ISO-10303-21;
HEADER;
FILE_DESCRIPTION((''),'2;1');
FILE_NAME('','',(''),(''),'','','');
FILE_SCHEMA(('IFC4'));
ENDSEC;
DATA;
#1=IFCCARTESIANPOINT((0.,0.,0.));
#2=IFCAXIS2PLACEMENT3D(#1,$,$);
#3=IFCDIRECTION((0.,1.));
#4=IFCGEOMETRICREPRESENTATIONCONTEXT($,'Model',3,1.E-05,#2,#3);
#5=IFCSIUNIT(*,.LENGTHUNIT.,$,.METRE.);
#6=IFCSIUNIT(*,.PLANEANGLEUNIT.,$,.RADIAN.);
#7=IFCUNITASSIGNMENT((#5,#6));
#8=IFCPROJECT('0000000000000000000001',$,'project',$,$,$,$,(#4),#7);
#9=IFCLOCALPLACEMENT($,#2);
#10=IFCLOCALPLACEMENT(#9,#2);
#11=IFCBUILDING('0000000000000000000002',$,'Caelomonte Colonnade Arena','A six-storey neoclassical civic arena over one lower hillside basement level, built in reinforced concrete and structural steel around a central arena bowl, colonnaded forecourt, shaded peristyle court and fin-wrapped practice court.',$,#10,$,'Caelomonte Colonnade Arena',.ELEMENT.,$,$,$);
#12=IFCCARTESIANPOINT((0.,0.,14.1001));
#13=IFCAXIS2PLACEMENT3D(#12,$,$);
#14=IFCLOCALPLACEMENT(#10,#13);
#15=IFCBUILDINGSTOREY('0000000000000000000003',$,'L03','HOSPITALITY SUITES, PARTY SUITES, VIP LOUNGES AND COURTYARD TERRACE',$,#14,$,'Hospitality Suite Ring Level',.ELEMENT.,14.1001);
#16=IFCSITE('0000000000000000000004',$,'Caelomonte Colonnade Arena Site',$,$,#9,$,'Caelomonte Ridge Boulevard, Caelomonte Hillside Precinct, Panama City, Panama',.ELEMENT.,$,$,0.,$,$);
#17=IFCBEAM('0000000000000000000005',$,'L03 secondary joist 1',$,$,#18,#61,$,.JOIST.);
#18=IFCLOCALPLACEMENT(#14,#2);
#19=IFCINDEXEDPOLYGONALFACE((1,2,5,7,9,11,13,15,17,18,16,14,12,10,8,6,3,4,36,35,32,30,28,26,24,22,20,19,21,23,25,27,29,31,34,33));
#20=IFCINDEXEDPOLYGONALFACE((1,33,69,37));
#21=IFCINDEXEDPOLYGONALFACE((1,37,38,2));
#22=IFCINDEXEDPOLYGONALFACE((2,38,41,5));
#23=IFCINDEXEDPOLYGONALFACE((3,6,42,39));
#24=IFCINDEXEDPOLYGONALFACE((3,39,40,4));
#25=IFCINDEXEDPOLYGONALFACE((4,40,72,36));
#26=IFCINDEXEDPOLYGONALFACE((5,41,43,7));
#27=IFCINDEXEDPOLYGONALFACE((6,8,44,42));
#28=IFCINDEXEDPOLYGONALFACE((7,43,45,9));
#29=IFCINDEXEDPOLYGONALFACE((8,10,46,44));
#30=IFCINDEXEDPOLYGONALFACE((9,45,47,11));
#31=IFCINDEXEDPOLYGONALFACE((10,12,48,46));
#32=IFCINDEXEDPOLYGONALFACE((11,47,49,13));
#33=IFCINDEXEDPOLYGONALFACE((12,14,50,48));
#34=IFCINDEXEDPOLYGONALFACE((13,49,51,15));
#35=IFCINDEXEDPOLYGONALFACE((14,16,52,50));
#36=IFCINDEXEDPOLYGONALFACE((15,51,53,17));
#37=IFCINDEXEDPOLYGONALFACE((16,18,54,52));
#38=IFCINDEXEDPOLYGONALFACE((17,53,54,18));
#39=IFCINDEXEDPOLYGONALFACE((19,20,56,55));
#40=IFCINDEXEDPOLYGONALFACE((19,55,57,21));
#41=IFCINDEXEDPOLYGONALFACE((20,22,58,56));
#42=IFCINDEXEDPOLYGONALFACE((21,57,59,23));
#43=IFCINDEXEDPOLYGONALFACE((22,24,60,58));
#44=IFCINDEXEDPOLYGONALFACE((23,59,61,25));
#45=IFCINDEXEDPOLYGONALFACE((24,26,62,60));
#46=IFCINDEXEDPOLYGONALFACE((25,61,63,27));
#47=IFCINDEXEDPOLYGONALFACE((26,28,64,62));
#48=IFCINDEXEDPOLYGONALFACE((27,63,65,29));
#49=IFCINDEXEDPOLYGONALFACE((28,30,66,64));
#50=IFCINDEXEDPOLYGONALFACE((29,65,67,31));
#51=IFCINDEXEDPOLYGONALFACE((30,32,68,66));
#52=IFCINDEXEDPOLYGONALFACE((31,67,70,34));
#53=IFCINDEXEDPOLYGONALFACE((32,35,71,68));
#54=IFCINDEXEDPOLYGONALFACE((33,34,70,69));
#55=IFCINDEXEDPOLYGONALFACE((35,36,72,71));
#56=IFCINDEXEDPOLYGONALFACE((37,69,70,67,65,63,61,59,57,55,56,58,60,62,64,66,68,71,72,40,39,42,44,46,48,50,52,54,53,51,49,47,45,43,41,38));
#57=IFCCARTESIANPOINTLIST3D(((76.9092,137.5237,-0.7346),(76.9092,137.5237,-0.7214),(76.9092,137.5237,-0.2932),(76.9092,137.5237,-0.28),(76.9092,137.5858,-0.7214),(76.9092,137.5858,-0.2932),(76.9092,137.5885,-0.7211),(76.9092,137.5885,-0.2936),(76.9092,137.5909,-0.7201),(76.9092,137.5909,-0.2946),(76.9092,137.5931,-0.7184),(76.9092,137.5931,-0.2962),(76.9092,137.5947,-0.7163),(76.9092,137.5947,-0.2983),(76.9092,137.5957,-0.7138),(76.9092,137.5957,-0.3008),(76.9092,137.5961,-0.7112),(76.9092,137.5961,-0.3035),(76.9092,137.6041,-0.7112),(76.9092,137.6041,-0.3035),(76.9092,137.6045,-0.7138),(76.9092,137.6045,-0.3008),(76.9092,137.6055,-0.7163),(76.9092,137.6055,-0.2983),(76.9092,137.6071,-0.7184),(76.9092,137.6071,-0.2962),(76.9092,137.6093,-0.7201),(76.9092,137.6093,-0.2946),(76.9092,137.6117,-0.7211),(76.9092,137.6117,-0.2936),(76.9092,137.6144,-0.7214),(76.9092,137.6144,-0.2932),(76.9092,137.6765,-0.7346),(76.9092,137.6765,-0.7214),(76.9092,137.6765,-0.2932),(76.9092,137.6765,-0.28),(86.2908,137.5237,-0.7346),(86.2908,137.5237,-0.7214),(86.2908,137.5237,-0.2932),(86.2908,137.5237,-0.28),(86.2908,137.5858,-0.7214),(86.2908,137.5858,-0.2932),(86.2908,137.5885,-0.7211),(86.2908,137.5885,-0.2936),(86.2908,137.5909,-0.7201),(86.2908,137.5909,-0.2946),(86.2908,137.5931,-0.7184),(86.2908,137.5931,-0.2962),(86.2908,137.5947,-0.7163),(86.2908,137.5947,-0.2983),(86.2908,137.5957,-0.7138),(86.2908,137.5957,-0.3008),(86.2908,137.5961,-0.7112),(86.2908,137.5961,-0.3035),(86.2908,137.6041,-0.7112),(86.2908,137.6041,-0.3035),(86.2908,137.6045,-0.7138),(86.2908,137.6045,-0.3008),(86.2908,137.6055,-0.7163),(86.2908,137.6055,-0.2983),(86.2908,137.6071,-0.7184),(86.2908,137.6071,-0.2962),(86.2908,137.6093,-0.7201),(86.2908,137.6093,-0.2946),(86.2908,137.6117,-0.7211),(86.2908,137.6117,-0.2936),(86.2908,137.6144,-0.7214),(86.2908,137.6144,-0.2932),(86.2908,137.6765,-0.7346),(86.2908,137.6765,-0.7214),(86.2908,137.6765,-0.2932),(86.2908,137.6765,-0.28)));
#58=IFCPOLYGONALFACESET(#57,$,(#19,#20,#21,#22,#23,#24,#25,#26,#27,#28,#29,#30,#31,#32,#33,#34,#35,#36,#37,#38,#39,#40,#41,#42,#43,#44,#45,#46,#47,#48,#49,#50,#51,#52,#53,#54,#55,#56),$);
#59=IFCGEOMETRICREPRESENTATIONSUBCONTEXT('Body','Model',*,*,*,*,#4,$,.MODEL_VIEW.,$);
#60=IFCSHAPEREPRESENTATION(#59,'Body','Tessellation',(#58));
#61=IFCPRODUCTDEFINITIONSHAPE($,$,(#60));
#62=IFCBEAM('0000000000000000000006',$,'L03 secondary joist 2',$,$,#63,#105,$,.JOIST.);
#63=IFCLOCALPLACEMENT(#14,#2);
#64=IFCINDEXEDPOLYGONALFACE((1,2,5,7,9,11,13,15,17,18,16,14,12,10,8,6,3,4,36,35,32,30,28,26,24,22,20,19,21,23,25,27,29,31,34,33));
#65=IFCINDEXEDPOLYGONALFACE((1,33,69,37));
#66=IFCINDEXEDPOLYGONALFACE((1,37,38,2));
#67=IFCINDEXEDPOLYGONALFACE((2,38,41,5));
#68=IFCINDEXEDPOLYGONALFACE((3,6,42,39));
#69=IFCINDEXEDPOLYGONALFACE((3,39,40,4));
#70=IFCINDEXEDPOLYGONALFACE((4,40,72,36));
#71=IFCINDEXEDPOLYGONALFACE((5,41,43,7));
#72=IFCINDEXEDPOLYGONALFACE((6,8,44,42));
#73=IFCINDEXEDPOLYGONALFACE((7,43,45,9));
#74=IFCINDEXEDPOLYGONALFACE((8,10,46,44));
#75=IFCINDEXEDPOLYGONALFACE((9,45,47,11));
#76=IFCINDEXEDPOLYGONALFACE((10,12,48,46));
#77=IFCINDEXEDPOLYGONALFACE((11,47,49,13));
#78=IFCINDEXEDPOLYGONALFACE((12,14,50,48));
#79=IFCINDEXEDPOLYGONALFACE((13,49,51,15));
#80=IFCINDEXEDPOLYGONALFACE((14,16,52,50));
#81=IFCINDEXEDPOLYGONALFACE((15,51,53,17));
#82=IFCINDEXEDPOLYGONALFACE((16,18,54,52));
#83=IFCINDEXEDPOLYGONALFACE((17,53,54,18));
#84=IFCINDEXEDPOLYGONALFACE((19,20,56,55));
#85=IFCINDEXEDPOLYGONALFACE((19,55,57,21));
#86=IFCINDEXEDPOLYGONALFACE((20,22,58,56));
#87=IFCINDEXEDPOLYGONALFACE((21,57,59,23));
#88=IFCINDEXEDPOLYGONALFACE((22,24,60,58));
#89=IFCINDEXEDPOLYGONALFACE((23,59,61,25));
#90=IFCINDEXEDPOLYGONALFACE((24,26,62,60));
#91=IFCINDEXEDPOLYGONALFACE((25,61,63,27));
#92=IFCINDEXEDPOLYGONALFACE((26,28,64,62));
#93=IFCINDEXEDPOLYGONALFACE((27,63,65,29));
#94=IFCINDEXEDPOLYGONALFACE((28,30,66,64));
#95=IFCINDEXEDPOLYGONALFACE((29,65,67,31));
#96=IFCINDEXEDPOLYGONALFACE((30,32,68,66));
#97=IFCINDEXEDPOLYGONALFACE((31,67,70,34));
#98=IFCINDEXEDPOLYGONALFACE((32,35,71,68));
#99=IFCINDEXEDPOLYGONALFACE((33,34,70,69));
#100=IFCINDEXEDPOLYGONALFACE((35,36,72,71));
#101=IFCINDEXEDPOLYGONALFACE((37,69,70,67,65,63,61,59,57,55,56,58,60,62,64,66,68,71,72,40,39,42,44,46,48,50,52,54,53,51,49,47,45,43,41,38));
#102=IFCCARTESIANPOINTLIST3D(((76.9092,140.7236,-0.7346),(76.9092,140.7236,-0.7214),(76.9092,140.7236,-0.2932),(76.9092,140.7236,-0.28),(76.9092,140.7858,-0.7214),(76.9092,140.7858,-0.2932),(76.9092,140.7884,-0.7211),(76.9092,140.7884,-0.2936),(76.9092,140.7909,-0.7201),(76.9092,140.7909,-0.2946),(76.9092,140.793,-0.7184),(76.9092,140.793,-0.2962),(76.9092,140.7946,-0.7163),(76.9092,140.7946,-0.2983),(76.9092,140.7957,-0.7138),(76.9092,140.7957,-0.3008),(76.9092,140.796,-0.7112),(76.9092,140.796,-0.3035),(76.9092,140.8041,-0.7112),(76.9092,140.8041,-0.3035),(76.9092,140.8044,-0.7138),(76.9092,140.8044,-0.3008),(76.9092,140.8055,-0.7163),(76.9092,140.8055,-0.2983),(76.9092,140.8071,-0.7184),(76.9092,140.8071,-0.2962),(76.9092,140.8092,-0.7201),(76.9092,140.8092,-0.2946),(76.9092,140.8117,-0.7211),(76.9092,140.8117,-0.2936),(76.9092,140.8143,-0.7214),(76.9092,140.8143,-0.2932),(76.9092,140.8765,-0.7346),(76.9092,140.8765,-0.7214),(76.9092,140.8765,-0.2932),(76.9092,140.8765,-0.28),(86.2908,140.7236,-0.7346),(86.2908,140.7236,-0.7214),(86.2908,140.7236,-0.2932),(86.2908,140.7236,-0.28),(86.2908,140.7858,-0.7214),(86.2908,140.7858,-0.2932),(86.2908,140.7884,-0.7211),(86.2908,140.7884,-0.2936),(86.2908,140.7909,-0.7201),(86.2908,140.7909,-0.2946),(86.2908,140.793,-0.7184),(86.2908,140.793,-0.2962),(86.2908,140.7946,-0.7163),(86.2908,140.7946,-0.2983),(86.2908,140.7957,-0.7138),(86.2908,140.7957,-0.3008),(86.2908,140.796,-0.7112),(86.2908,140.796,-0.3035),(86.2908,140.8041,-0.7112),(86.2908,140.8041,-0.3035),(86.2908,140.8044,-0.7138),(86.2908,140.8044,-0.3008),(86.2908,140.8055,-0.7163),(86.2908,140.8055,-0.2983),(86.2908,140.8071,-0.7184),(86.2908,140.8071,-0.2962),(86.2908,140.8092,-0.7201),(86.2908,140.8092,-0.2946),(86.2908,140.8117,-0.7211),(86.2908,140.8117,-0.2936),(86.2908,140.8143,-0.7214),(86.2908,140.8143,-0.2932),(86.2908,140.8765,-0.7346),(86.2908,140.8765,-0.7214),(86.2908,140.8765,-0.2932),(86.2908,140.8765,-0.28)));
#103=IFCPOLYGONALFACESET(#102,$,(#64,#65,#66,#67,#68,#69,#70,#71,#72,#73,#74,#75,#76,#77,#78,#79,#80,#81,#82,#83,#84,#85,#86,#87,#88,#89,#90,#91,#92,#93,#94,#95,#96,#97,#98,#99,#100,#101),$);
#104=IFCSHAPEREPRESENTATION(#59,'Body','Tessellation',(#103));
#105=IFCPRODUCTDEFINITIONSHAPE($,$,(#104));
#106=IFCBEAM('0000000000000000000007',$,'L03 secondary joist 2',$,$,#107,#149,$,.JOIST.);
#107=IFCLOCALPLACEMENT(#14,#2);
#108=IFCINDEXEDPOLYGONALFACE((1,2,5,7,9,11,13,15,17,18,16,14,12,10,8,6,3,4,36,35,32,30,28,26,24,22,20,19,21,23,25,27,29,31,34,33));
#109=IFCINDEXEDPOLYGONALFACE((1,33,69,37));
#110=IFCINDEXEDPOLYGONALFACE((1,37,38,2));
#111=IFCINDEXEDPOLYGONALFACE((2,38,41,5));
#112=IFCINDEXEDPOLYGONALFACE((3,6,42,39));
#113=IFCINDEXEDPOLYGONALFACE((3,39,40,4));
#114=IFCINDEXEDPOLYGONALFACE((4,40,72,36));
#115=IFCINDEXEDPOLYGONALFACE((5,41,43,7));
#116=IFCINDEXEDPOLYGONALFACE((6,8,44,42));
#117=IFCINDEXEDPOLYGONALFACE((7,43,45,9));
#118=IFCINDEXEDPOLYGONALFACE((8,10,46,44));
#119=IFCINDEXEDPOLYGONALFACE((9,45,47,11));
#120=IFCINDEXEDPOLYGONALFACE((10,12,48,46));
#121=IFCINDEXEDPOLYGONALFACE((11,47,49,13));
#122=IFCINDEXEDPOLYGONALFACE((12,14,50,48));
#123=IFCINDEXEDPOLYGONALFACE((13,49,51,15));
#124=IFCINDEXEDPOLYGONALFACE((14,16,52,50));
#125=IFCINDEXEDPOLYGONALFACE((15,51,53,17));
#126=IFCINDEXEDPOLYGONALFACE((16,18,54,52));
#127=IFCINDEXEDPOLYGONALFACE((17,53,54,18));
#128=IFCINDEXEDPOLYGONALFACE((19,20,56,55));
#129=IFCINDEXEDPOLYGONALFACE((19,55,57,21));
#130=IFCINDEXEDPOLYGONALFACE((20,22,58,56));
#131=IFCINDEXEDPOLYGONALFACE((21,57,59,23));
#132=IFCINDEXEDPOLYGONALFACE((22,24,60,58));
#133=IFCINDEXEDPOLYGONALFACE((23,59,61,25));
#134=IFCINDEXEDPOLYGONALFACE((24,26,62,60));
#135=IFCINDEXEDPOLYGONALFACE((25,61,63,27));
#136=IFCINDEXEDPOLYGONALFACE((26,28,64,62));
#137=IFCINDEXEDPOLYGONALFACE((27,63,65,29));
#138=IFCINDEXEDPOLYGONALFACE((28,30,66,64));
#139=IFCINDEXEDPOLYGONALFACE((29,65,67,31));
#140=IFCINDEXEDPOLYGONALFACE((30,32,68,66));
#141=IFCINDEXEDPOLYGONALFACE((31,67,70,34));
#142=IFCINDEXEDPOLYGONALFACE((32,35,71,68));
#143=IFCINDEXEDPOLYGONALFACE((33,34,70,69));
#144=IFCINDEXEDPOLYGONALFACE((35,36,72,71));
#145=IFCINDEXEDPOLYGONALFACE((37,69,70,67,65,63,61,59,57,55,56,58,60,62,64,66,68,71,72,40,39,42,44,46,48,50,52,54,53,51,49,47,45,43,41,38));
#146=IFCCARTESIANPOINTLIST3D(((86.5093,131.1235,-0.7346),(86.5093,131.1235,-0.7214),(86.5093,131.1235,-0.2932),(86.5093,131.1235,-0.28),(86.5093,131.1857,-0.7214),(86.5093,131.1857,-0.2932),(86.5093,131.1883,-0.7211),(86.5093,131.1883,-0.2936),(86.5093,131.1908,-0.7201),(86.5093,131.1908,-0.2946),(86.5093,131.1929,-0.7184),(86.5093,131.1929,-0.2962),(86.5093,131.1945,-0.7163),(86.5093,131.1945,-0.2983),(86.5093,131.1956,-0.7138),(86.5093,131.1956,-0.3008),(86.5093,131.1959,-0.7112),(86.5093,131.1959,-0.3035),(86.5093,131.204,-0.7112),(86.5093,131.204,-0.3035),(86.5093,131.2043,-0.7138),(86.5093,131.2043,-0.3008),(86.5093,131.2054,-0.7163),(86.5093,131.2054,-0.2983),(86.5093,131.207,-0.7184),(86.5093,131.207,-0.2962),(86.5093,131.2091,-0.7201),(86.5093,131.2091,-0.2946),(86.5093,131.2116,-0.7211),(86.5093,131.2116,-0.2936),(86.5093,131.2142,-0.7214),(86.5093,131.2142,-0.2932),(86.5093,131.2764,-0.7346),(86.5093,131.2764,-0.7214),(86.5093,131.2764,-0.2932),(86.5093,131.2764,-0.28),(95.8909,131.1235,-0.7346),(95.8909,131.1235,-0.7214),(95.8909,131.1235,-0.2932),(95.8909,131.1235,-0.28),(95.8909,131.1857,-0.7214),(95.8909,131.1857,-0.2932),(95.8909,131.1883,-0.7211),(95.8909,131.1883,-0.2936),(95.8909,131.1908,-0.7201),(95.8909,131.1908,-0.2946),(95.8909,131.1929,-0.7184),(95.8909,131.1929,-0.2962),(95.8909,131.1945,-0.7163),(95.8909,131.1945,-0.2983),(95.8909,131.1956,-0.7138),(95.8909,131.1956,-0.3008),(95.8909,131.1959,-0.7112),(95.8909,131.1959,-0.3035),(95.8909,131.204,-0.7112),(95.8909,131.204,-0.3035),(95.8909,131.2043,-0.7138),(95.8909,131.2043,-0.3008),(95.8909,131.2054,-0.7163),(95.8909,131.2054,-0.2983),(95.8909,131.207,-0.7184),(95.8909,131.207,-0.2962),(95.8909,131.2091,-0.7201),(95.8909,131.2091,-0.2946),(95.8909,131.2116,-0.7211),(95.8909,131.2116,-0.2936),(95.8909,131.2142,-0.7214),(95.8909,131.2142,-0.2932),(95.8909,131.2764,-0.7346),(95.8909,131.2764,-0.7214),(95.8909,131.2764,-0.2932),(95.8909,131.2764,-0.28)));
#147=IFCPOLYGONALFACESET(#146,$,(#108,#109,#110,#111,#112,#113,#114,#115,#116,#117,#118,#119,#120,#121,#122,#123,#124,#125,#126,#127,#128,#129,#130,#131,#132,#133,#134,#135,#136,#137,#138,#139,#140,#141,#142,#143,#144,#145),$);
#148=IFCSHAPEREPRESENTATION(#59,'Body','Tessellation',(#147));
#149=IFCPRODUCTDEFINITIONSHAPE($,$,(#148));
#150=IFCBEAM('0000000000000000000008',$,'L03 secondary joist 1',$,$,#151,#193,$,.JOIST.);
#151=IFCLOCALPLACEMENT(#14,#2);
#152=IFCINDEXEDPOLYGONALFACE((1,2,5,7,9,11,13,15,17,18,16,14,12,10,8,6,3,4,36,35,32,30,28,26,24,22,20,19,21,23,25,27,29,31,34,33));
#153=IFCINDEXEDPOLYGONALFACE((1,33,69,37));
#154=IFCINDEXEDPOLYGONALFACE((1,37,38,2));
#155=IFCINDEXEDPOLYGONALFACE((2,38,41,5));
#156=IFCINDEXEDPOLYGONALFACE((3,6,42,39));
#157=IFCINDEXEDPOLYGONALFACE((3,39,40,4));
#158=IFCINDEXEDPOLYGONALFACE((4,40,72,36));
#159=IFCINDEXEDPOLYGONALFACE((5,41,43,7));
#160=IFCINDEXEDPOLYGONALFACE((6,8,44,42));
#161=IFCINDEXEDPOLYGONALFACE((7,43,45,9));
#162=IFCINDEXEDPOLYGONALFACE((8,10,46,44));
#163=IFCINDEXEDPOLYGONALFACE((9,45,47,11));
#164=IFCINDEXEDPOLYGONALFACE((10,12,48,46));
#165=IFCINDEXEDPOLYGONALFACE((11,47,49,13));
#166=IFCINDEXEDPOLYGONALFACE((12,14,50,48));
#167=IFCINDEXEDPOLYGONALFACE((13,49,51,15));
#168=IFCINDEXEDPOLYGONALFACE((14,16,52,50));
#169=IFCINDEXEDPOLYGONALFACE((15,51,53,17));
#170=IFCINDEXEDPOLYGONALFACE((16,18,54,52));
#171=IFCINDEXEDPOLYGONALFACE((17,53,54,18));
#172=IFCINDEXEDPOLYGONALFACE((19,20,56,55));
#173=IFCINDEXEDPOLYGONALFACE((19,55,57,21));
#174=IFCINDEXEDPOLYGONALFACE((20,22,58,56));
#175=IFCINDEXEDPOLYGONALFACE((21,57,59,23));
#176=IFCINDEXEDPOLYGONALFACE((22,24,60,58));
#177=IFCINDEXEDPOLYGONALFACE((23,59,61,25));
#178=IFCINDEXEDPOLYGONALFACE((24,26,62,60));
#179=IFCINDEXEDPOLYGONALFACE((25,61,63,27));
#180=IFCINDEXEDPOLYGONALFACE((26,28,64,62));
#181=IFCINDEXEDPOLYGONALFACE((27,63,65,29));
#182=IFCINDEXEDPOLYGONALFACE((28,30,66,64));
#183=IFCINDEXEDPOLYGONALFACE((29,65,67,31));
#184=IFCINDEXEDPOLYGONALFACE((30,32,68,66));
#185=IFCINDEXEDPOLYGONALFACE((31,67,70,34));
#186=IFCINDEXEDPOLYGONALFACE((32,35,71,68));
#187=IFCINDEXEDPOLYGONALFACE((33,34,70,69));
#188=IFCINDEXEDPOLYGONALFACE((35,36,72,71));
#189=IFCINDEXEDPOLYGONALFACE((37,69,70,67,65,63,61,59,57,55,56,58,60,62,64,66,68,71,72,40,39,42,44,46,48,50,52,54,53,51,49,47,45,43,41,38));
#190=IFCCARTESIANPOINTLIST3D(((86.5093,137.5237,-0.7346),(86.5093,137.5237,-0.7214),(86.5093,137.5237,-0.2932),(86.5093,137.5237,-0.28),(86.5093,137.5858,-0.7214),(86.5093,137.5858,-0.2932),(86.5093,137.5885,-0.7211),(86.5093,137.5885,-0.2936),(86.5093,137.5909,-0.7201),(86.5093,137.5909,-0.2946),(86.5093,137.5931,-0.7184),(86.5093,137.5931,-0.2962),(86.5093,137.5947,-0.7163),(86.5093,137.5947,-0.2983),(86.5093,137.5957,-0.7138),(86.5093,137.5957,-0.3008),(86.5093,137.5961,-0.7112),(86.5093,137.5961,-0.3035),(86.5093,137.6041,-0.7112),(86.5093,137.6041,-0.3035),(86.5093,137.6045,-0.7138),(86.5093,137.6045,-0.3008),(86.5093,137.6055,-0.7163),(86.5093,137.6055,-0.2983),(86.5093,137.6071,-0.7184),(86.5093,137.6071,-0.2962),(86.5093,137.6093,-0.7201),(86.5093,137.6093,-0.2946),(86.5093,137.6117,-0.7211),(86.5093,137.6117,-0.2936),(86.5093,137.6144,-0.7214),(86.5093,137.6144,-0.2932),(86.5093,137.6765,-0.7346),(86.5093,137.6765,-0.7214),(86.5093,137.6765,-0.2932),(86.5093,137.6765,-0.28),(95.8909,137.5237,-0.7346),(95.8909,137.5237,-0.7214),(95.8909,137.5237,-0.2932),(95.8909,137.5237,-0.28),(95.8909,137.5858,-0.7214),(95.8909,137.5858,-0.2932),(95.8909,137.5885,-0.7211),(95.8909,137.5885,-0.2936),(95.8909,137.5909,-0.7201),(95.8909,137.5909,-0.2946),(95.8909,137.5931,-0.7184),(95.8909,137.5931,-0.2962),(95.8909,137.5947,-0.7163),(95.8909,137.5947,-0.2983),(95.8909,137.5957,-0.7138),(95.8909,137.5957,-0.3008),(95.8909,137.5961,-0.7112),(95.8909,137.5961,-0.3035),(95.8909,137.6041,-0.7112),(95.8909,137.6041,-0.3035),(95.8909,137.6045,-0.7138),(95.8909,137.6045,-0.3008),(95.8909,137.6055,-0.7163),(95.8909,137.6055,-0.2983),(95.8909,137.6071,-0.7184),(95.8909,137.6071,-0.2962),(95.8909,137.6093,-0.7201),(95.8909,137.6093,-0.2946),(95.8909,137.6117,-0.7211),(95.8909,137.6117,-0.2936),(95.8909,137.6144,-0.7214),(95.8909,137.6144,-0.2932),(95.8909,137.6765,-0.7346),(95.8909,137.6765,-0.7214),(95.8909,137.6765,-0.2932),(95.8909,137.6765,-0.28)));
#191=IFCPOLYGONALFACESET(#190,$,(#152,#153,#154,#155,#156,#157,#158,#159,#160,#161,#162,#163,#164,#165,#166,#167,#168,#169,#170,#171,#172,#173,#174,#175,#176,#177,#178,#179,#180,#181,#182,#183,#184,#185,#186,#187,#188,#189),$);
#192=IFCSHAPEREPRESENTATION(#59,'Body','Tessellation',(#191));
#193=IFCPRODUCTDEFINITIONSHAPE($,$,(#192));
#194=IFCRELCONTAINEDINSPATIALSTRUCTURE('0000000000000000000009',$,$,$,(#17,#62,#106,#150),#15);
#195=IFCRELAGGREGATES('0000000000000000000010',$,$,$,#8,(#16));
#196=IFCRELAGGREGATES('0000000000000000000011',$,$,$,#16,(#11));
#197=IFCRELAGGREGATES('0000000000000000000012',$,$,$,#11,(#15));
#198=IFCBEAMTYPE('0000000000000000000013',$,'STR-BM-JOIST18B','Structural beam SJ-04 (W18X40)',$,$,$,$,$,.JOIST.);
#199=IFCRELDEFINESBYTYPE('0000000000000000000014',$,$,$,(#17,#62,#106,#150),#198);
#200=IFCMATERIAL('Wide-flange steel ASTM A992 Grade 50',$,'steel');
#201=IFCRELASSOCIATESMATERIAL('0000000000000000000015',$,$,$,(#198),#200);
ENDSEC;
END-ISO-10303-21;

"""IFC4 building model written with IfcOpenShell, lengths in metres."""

from ifc_helpers import new_model, si_unit, direction, frame, origin, origin_2d, place, context, subcontext, project, spatial, i_section, extrude, material, material_profile, profile_set, type_object, element, save


model = new_model("IFC4")

# Units and contexts
model_context = context("Model", 3, precision=1e-05, world=origin(), true_north=direction((0.0, 1.0)))
body_context = subcontext(model_context, "Body", "Model", "MODEL_VIEW")
ifc_project = project(units=[si_unit("LENGTHUNIT", "METRE"), si_unit("PLANEANGLEUNIT", "RADIAN")], contexts=[model_context])

# Site, building, storey
site_placement = place(None, origin())
site = spatial("IfcSite", under=ifc_project, at=site_placement, Name="Caelomonte Colonnade Arena Site", LongName="Caelomonte Ridge Boulevard, Caelomonte Hillside Precinct, Panama City, Panama", CompositionType="ELEMENT", RefElevation=0.0)
building_placement = place(site_placement, origin())
building = spatial("IfcBuilding", under=site, at=building_placement, Name="Caelomonte Colonnade Arena", Description="A six-storey neoclassical civic arena over one lower hillside basement level, built in reinforced concrete and structural steel around a central arena bowl, colonnaded forecourt, shaded peristyle court and fin-wrapped practice court.", LongName="Caelomonte Colonnade Arena", CompositionType="ELEMENT")
storey_placement = place(building_placement, frame((0.0, 0.0, 14.1001)))
storey = spatial("IfcBuildingStorey", under=building, at=storey_placement, Name="L03", Description="HOSPITALITY SUITES, PARTY SUITES, VIP LOUNGES AND COURTYARD TERRACE", LongName="Hospitality Suite Ring Level", CompositionType="ELEMENT", Elevation=14.1001)

# Beams
ifc_material_1 = material(Name="Wide-flange steel ASTM A992 Grade 50", Category="steel")
ifc_material_profile_1 = material_profile(ifc_material_1, i_section(OverallWidth=0.1528, OverallDepth=0.4546, WebThickness=0.0081, FlangeThickness=0.0132, FilletRadius=0.0103, at=origin_2d()), Name="W18X40")
ifc_profile_set_1 = profile_set([ifc_material_profile_1], Name="Wide-flange steel ASTM A992 Grade 50")
beam_type_1 = type_object("IfcBeamType", Name="STR-BM-JOIST18B", Description="Structural beam SJ-04 (W18X40)", PredefinedType="JOIST", material=ifc_profile_set_1)
for number, where, z_axis, x_axis, name in (
    (1, (76.9092, 137.6001, -0.5073), (1.0, 0.0, 0.0), (0.0, 1.0, 0.0), "L03 secondary joist 1"),
    (2, (76.9092, 140.8, -0.5073), (1.0, 0.0, 0.0), (0.0, 1.0, 0.0), "L03 secondary joist 2"),
    (3, (86.5093, 131.2, -0.5073), (1.0, 0.0, 0.0), (0.0, 1.0, 0.0), "L03 secondary joist 2"),
    (4, (86.5093, 137.6001, -0.5073), (1.0, 0.0, 0.0), (0.0, 1.0, 0.0), "L03 secondary joist 1"),
):
    element("IfcBeam", number, at=place(storey_placement, frame(where, z_axis=z_axis, x_axis=x_axis)), inside=storey, type_object=beam_type_1, Name=name, PredefinedType="JOIST", context=body_context, shape_type="SweptSolid", body=[
        extrude(i_section(OverallWidth=0.1528, OverallDepth=0.4546, WebThickness=0.0081, FlangeThickness=0.0132, FilletRadius=0.0103, at=origin_2d()), origin(), (0.0, 0.0, 1.0), 9.3816),
    ])

save(model, "model.ifc")
